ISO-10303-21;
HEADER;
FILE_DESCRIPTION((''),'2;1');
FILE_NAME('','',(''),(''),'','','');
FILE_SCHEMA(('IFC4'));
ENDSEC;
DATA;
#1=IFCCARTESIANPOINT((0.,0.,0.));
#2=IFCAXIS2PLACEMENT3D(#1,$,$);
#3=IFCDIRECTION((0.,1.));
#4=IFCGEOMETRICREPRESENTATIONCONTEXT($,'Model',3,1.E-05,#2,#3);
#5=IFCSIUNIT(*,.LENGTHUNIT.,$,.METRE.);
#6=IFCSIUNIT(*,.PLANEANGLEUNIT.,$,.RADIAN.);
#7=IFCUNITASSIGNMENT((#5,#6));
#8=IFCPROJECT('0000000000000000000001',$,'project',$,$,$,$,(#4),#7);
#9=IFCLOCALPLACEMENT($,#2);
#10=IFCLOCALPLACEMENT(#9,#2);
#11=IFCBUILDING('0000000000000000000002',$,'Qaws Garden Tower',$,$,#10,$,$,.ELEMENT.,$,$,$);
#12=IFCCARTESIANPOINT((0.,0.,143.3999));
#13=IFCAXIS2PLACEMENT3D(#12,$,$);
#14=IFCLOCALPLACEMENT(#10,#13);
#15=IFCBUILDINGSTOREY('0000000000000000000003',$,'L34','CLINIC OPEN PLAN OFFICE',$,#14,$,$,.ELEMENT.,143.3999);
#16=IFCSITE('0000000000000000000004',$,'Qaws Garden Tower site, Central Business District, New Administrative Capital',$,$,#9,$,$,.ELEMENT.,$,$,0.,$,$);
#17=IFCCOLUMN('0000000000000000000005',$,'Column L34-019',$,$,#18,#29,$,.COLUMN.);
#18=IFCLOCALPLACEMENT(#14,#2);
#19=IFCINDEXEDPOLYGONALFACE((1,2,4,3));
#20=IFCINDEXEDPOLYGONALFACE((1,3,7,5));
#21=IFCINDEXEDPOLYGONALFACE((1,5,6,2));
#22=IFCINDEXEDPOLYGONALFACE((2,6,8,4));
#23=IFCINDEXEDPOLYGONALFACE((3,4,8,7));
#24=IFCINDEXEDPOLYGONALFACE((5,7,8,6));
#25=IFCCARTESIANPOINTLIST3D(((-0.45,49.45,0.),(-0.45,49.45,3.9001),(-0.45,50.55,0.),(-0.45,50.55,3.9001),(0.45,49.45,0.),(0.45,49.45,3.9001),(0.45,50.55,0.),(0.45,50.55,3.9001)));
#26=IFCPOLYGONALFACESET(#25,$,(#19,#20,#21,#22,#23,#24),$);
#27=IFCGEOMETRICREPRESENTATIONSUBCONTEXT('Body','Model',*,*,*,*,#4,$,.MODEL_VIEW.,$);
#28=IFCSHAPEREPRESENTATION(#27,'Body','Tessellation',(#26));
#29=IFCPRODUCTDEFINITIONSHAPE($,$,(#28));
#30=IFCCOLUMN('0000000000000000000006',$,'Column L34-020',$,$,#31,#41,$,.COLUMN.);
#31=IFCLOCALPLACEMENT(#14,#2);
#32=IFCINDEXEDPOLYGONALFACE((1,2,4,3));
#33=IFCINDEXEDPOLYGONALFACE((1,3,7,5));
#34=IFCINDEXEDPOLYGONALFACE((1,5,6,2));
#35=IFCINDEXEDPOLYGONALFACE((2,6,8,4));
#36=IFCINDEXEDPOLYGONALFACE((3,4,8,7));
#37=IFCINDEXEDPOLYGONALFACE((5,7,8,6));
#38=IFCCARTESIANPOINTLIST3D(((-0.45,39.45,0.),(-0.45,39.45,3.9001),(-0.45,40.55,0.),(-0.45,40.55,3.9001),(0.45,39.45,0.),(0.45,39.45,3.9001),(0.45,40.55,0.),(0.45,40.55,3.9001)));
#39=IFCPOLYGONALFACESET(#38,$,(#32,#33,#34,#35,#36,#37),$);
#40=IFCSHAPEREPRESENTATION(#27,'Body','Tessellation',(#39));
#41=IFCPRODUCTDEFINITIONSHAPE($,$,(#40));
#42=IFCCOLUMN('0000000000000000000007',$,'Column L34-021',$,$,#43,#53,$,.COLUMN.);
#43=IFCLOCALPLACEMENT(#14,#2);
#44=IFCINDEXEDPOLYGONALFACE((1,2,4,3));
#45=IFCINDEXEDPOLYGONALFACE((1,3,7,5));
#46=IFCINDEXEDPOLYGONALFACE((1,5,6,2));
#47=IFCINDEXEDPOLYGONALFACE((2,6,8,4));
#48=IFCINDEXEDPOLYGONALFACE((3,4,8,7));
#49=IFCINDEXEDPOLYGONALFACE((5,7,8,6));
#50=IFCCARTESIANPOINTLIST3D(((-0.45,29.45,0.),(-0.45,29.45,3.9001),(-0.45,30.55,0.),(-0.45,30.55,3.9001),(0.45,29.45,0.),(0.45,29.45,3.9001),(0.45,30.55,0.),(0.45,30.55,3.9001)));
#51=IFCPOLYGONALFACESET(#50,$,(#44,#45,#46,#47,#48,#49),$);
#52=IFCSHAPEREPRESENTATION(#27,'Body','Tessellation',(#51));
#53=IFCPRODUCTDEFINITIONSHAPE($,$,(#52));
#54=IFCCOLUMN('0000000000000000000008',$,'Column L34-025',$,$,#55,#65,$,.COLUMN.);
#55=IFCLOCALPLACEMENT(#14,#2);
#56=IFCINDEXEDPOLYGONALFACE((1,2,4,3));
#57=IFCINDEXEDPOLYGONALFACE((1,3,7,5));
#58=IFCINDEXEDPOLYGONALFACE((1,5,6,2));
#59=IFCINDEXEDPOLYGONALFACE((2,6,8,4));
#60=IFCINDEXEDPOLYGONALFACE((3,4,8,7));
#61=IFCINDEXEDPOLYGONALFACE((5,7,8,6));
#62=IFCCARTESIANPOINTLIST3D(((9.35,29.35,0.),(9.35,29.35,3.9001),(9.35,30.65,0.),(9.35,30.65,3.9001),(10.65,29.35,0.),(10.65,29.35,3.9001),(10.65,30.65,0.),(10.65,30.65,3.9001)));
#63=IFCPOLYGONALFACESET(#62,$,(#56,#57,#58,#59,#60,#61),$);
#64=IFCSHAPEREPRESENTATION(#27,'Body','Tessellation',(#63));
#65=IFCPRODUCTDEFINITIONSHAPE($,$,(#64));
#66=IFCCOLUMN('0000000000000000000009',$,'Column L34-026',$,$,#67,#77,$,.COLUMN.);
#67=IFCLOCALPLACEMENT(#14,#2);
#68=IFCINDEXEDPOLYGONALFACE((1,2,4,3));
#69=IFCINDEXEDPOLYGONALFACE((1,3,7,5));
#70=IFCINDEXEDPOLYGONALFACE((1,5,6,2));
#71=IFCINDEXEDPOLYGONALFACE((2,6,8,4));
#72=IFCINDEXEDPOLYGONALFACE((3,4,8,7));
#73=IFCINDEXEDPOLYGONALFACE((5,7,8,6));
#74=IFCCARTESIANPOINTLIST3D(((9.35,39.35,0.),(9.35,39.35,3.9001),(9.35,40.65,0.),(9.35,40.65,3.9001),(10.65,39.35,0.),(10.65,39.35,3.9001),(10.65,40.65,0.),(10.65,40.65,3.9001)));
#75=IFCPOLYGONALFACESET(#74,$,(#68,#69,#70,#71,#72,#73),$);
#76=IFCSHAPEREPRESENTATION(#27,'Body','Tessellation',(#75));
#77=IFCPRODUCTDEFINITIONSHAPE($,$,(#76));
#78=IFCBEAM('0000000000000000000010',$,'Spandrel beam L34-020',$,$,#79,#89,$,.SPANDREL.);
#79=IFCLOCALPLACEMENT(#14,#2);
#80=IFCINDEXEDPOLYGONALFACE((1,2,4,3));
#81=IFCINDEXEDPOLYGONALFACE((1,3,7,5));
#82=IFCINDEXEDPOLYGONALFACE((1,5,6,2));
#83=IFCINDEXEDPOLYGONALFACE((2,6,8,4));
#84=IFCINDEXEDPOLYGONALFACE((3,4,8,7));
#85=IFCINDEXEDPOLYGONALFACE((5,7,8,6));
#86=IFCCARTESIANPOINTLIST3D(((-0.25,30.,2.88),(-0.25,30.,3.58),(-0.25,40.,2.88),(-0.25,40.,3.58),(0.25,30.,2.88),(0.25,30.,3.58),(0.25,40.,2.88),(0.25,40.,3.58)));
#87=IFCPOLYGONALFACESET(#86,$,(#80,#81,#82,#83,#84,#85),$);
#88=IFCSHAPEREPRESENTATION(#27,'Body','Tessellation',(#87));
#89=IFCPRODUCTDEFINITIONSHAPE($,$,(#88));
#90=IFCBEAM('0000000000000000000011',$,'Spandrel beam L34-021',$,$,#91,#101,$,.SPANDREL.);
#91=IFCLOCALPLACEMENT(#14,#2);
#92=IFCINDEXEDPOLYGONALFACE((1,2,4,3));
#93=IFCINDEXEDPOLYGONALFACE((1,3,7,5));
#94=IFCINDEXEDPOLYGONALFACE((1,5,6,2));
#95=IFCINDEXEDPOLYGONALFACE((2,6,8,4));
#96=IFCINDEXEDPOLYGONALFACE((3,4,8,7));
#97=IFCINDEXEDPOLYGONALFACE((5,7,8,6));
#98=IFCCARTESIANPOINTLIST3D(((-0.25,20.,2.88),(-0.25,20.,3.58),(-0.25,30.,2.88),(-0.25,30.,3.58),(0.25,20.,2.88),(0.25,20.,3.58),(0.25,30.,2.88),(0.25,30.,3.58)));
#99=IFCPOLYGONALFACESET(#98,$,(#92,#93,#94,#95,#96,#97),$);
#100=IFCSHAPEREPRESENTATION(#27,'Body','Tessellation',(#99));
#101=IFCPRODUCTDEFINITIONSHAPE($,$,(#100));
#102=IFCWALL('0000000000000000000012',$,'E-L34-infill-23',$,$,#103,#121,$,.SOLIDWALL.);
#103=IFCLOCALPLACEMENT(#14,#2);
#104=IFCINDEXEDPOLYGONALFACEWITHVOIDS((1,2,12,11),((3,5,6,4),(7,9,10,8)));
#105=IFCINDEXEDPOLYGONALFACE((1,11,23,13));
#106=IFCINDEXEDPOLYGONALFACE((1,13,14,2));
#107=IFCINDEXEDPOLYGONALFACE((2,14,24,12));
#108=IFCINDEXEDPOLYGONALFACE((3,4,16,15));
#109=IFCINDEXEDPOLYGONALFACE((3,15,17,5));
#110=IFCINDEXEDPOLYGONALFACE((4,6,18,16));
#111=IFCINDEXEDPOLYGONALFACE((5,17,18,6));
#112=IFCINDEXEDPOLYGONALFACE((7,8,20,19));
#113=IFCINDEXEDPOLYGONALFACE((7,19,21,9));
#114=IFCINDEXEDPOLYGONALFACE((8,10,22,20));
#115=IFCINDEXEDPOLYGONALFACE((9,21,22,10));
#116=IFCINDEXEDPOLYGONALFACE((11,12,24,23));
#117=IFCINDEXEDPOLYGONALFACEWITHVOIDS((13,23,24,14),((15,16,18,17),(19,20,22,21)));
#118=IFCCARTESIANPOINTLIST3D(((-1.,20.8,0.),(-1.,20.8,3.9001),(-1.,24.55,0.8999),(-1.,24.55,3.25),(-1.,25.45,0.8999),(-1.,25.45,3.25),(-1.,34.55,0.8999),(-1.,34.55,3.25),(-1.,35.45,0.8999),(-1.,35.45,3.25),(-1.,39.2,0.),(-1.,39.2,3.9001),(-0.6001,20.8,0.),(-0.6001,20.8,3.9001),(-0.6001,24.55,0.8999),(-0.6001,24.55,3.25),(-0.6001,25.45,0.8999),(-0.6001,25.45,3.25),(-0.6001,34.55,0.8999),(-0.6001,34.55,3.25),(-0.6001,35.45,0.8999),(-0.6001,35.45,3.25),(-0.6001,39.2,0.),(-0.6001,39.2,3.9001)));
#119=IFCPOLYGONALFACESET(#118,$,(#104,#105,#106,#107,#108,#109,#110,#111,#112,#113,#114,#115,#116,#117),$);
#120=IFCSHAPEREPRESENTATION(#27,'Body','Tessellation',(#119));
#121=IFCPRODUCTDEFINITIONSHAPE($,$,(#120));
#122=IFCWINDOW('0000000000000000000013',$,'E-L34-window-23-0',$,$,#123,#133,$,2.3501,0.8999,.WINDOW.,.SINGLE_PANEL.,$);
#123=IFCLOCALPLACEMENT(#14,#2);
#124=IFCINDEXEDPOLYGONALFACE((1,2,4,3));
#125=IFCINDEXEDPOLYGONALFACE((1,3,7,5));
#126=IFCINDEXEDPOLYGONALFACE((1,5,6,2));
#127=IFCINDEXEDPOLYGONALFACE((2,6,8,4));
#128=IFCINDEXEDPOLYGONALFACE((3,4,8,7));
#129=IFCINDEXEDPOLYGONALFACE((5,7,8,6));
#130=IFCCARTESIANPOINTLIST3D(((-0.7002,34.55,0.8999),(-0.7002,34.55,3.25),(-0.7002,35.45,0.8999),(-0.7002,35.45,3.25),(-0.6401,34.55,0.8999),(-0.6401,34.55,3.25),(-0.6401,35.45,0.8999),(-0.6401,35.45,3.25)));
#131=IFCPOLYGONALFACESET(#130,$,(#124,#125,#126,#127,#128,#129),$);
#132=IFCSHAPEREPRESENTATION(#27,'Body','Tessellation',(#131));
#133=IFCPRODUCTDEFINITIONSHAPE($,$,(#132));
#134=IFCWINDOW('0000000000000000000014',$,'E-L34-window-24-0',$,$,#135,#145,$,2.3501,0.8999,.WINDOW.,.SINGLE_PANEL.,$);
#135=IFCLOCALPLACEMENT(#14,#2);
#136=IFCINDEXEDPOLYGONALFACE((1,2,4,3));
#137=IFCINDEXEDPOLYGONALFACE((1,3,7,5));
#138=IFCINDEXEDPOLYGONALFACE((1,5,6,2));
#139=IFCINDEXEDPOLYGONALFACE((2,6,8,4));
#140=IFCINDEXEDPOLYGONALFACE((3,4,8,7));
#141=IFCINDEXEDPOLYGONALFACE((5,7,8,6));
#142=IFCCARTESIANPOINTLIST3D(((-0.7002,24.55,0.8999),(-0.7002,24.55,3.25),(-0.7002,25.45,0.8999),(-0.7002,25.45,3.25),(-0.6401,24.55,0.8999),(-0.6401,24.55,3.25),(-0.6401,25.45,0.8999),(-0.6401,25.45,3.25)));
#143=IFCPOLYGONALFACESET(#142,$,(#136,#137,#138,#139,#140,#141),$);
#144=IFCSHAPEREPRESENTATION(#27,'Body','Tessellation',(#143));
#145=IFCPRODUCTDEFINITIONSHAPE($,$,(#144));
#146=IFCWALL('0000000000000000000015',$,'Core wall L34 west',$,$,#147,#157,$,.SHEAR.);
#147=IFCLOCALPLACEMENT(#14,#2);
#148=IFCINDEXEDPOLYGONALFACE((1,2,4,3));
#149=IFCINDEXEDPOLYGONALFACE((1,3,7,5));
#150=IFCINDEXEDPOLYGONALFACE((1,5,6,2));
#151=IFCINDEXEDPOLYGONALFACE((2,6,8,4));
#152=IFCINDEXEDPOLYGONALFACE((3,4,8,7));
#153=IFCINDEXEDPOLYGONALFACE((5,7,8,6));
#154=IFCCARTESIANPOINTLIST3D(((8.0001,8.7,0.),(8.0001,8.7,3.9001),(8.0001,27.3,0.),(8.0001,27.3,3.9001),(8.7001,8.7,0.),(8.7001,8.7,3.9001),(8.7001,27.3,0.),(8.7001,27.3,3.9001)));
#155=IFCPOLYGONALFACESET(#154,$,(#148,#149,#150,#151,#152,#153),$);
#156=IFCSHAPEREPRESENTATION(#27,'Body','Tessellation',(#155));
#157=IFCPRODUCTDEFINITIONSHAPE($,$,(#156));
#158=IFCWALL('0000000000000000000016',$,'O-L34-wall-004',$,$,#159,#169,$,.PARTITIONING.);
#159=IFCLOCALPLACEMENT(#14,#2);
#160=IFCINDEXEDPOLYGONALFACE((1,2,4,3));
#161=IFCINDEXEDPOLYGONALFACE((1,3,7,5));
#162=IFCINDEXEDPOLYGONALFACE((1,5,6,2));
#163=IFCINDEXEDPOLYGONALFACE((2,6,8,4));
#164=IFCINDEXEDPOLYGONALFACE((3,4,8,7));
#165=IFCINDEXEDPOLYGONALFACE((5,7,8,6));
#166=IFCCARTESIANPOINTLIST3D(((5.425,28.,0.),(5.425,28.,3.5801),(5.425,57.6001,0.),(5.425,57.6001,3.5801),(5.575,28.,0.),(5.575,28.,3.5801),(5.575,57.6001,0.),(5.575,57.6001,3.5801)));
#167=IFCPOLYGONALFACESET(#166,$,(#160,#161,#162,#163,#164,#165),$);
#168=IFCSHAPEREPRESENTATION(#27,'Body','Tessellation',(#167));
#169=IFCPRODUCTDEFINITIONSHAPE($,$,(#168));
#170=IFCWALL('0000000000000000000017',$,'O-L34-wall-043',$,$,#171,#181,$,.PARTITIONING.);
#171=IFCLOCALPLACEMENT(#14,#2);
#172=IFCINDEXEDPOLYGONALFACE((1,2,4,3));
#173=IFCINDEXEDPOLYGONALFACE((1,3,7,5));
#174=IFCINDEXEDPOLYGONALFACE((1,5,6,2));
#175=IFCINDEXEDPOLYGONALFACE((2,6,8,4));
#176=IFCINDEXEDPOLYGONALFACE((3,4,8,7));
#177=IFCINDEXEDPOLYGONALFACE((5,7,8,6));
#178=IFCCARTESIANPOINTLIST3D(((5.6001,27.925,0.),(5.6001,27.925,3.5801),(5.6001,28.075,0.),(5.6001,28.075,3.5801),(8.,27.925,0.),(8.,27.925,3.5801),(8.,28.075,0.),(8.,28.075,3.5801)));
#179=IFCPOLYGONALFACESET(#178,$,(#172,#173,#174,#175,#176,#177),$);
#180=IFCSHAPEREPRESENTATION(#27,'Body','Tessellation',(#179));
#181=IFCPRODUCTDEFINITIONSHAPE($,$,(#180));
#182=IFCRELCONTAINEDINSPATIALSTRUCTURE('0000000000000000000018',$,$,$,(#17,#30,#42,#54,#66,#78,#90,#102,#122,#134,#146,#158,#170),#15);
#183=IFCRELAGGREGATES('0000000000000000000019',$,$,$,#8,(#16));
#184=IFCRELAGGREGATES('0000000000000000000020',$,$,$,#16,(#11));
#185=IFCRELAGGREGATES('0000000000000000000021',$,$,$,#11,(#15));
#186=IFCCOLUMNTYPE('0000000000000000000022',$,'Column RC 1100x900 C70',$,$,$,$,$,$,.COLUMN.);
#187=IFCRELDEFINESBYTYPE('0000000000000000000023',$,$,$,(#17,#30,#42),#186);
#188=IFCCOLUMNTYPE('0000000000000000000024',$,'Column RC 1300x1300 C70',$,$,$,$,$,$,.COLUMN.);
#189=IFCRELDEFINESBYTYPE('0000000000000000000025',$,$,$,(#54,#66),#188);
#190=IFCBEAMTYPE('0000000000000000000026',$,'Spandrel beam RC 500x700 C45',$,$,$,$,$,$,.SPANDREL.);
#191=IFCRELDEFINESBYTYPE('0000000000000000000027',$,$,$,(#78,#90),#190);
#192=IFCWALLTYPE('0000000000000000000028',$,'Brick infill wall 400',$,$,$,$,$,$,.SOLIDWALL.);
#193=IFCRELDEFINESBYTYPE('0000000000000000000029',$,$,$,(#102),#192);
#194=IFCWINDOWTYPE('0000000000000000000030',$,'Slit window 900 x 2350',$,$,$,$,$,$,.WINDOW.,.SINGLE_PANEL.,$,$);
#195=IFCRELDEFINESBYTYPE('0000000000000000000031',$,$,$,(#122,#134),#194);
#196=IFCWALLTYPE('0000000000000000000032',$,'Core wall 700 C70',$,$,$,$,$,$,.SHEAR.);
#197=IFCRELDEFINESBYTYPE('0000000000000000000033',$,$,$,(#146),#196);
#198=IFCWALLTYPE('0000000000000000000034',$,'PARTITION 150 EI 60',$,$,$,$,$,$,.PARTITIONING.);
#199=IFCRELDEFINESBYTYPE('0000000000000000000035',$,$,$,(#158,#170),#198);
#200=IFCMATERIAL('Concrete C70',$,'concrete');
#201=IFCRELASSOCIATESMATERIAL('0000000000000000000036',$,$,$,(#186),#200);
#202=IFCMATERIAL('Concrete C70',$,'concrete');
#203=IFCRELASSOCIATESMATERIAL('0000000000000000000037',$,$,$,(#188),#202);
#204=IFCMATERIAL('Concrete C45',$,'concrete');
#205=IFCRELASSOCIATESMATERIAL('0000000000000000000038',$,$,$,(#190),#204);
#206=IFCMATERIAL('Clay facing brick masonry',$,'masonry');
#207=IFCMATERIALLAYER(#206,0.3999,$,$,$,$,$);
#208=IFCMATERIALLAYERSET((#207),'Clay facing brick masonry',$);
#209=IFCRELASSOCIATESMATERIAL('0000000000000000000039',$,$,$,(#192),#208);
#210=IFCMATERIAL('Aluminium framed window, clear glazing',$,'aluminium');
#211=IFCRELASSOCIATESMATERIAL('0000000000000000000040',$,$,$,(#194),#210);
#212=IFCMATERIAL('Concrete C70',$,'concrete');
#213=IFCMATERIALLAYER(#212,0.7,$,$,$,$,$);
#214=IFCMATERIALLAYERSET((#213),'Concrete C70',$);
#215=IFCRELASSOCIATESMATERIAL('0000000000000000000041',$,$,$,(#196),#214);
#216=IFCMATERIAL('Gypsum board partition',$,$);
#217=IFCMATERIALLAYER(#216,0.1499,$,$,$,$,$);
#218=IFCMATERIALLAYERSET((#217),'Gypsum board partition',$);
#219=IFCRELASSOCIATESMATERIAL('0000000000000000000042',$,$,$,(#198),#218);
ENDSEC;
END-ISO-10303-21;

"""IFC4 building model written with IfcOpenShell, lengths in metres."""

from ifc_helpers import new_model, si_unit, direction, frame, frame_2d, origin, origin_2d, place, context, subcontext, project, spatial, rectangle, extrude, material, layer, layer_set, material_profile, profile_set, type_object, element, fill, save


model = new_model("IFC4")

# Units and contexts
model_context = context("Model", 3, precision=1e-05, world=origin(), true_north=direction((0.0, 1.0)))
body_context = subcontext(model_context, "Body", "Model", "MODEL_VIEW")
ifc_project = project(units=[si_unit("LENGTHUNIT", "METRE"), si_unit("PLANEANGLEUNIT", "RADIAN")], contexts=[model_context])

# Site, building, storey
site_placement = place(None, origin())
site = spatial("IfcSite", under=ifc_project, at=site_placement, Name="Qaws Garden Tower site, Central Business District, New Administrative Capital", CompositionType="ELEMENT", RefElevation=0.0)
building_placement = place(site_placement, origin())
building = spatial("IfcBuilding", under=site, at=building_placement, Name="Qaws Garden Tower", CompositionType="ELEMENT")
storey_placement = place(building_placement, frame((0.0, 0.0, 143.3999)))
storey = spatial("IfcBuildingStorey", under=building, at=storey_placement, Name="L34", Description="CLINIC OPEN PLAN OFFICE", CompositionType="ELEMENT", Elevation=143.3999)

# Columns
ifc_material_1 = material(Name="Concrete C70", Category="concrete")
ifc_material_profile_1 = material_profile(ifc_material_1, rectangle(XDim=1.1001, YDim=0.8999, at=origin_2d()), Name="RC 1100x900")
ifc_profile_set_1 = profile_set([ifc_material_profile_1], Name="Concrete C70")
column_type_1 = type_object("IfcColumnType", Name="Column RC 1100x900 C70", PredefinedType="COLUMN", material=ifc_profile_set_1)
for number, where, z_axis, x_axis, name in (
    (1, (0.0, 50.0, 0.0), (0.0, 0.0, 1.0), (0.0, 1.0, 0.0), "Column L34-019"),
    (2, (0.0, 40.0, 0.0), (0.0, 0.0, 1.0), (0.0, 1.0, 0.0), "Column L34-020"),
    (3, (0.0, 30.0, 0.0), (0.0, 0.0, 1.0), (0.0, 1.0, 0.0), "Column L34-021"),
):
    element("IfcColumn", number, at=place(storey_placement, frame(where, z_axis=z_axis, x_axis=x_axis)), inside=storey, type_object=column_type_1, Name=name, PredefinedType="COLUMN", context=body_context, shape_type="SweptSolid", body=[
        extrude(rectangle(XDim=1.1001, YDim=0.8999, at=origin_2d()), origin(), (0.0, 0.0, 1.0), 3.9001),
    ])
ifc_material_2 = material(Name="Concrete C70", Category="concrete")
ifc_material_profile_2 = material_profile(ifc_material_2, rectangle(XDim=1.3, YDim=1.3, at=origin_2d()), Name="RC 1300x1300")
ifc_profile_set_2 = profile_set([ifc_material_profile_2], Name="Concrete C70")
column_type_2 = type_object("IfcColumnType", Name="Column RC 1300x1300 C70", PredefinedType="COLUMN", material=ifc_profile_set_2)
for number, where, z_axis, x_axis, name in (
    (4, (10.0, 30.0, 0.0), (0.0, 0.0, 1.0), (1.0, 0.0, 0.0), "Column L34-025"),
    (5, (10.0, 40.0, 0.0), (0.0, 0.0, 1.0), (1.0, 0.0, 0.0), "Column L34-026"),
):
    element("IfcColumn", number, at=place(storey_placement, frame(where, z_axis=z_axis, x_axis=x_axis)), inside=storey, type_object=column_type_2, Name=name, PredefinedType="COLUMN", context=body_context, shape_type="SweptSolid", body=[
        extrude(rectangle(XDim=1.3, YDim=1.3, at=origin_2d()), origin(), (0.0, 0.0, 1.0), 3.9001),
    ])

# Beams
ifc_material_3 = material(Name="Concrete C45", Category="concrete")
ifc_material_profile_3 = material_profile(ifc_material_3, rectangle(XDim=0.5, YDim=0.7, at=origin_2d()), Name="RC 500x700")
ifc_profile_set_3 = profile_set([ifc_material_profile_3], Name="Concrete C45")
beam_type = type_object("IfcBeamType", Name="Spandrel beam RC 500x700 C45", PredefinedType="SPANDREL", material=ifc_profile_set_3)
for number, where, z_axis, x_axis, name in (
    (6, (0.0, 40.0, 3.23), (0.0, -1.0, 0.0), (1.0, 0.0, 0.0), "Spandrel beam L34-020"),
    (7, (0.0, 30.0, 3.23), (0.0, -1.0, 0.0), (1.0, 0.0, 0.0), "Spandrel beam L34-021"),
):
    element("IfcBeam", number, at=place(storey_placement, frame(where, z_axis=z_axis, x_axis=x_axis)), inside=storey, type_object=beam_type, Name=name, PredefinedType="SPANDREL", context=body_context, shape_type="SweptSolid", body=[
        extrude(rectangle(XDim=0.5, YDim=0.7, at=origin_2d()), origin(), (0.0, 0.0, 1.0), 10.0),
    ])

# Wall, openings, windows
ifc_material_4 = material(Name="Clay facing brick masonry", Category="masonry")
ifc_layer_1 = layer(ifc_material_4, 0.3999)
ifc_layer_set_1 = layer_set([ifc_layer_1], Name="Clay facing brick masonry")
wall_type_1 = type_object("IfcWallType", Name="Brick infill wall 400", PredefinedType="SOLIDWALL", material=ifc_layer_set_1)
wall_1_placement = place(storey_placement, frame((-0.8, 39.2, 0.0), z_axis=(0.0, 0.0, 1.0), x_axis=(0.0, -1.0, 0.0)))
wall_1 = element("IfcWall", 8, at=wall_1_placement, inside=storey, type_object=wall_type_1, Name="E-L34-infill-23", PredefinedType="SOLIDWALL", context=body_context, shape_type="SweptSolid", body=[
    extrude(rectangle(XDim=18.3999, YDim=0.3999, at=frame_2d((9.2, 0.0))), origin(), (0.0, 0.0, 1.0), 3.9001),
])
opening_1_placement = place(wall_1_placement, frame((3.75, 0.0, 0.8999)))
opening_1 = element("IfcOpeningElement", 9, at=opening_1_placement, cuts=wall_1, PredefinedType="OPENING", context=body_context, shape_type="SweptSolid", body=[
    extrude(rectangle(XDim=0.8999, YDim=2.3501, at=frame_2d((0.45, 1.175))), frame((0.0, 0.21, 0.0), z_axis=(0.0, -1.0, 0.0), x_axis=(1.0, 0.0, 0.0)), (0.0, 0.0, 1.0), 0.4199),
])
opening_2_placement = place(wall_1_placement, frame((13.75, 0.0, 0.8999)))
opening_2 = element("IfcOpeningElement", 10, at=opening_2_placement, cuts=wall_1, PredefinedType="OPENING", context=body_context, shape_type="SweptSolid", body=[
    extrude(rectangle(XDim=0.8999, YDim=2.3501, at=frame_2d((0.45, 1.175))), frame((0.0, 0.21, 0.0), z_axis=(0.0, -1.0, 0.0), x_axis=(1.0, 0.0, 0.0)), (0.0, 0.0, 1.0), 0.4199),
])
ifc_material_5 = material(Name="Aluminium framed window, clear glazing", Category="aluminium")
window_type = type_object("IfcWindowType", Name="Slit window 900 x 2350", PartitioningType="SINGLE_PANEL", PredefinedType="WINDOW", material=ifc_material_5)
window_1_placement = place(opening_1_placement, origin())
window_1 = element("IfcWindow", 11, at=window_1_placement, inside=storey, type_object=window_type, Name="E-L34-window-23-0", OverallHeight=2.3501, OverallWidth=0.8999, PartitioningType="SINGLE_PANEL", PredefinedType="WINDOW", context=body_context, shape_type="SweptSolid", body=[
    extrude(rectangle(XDim=0.8999, YDim=2.3501, at=frame_2d((0.45, 1.175))), frame((0.0, 0.1599, 0.0), z_axis=(0.0, -1.0, 0.0), x_axis=(1.0, 0.0, 0.0)), (0.0, 0.0, 1.0), 0.0601),
])
fill(opening_1, window_1)
window_2_placement = place(opening_2_placement, origin())
window_2 = element("IfcWindow", 12, at=window_2_placement, inside=storey, type_object=window_type, Name="E-L34-window-24-0", OverallHeight=2.3501, OverallWidth=0.8999, PartitioningType="SINGLE_PANEL", PredefinedType="WINDOW", context=body_context, shape_type="SweptSolid", body=[
    extrude(rectangle(XDim=0.8999, YDim=2.3501, at=frame_2d((0.45, 1.175))), frame((0.0, 0.1599, 0.0), z_axis=(0.0, -1.0, 0.0), x_axis=(1.0, 0.0, 0.0)), (0.0, 0.0, 1.0), 0.0601),
])
fill(opening_2, window_2)

# Walls
ifc_material_6 = material(Name="Concrete C70", Category="concrete")
ifc_layer_2 = layer(ifc_material_6, 0.7)
ifc_layer_set_2 = layer_set([ifc_layer_2], Name="Concrete C70")
wall_type_2 = type_object("IfcWallType", Name="Core wall 700 C70", PredefinedType="SHEAR", material=ifc_layer_set_2)
wall_2_placement = place(storey_placement, frame((8.3501, 27.3, 0.0), z_axis=(0.0, 0.0, 1.0), x_axis=(0.0, -1.0, 0.0)))
element("IfcWall", 13, at=wall_2_placement, inside=storey, type_object=wall_type_2, Name="Core wall L34 west", PredefinedType="SHEAR", context=body_context, shape_type="SweptSolid", body=[
    extrude(rectangle(XDim=18.6001, YDim=0.7, at=frame_2d((9.3, 0.0))), origin(), (0.0, 0.0, 1.0), 3.9001),
])
ifc_material_7 = material(Name="Gypsum board partition")
ifc_layer_3 = layer(ifc_material_7, 0.1499)
ifc_layer_set_3 = layer_set([ifc_layer_3], Name="Gypsum board partition")
wall_type_3 = type_object("IfcWallType", Name="PARTITION 150 EI 60", PredefinedType="PARTITIONING", material=ifc_layer_set_3)
wall_3_placement = place(storey_placement, frame((5.5, 28.0, 0.0), z_axis=(0.0, 0.0, 1.0), x_axis=(0.0, 1.0, 0.0)))
element("IfcWall", 14, at=wall_3_placement, inside=storey, type_object=wall_type_3, Name="O-L34-wall-004", PredefinedType="PARTITIONING", context=body_context, shape_type="SweptSolid", body=[
    extrude(rectangle(XDim=29.6001, YDim=0.1499, at=frame_2d((14.8, 0.0))), origin(), (0.0, 0.0, 1.0), 3.5801),
])
wall_4_placement = place(storey_placement, frame((5.6001, 28.0, 0.0), z_axis=(0.0, 0.0, 1.0), x_axis=(1.0, 0.0, 0.0)))
element("IfcWall", 15, at=wall_4_placement, inside=storey, type_object=wall_type_3, Name="O-L34-wall-043", PredefinedType="PARTITIONING", context=body_context, shape_type="SweptSolid", body=[
    extrude(rectangle(XDim=2.3999, YDim=0.1499, at=frame_2d((1.2, 0.0))), origin(), (0.0, 0.0, 1.0), 3.5801),
])

save(model, "model.ifc")
